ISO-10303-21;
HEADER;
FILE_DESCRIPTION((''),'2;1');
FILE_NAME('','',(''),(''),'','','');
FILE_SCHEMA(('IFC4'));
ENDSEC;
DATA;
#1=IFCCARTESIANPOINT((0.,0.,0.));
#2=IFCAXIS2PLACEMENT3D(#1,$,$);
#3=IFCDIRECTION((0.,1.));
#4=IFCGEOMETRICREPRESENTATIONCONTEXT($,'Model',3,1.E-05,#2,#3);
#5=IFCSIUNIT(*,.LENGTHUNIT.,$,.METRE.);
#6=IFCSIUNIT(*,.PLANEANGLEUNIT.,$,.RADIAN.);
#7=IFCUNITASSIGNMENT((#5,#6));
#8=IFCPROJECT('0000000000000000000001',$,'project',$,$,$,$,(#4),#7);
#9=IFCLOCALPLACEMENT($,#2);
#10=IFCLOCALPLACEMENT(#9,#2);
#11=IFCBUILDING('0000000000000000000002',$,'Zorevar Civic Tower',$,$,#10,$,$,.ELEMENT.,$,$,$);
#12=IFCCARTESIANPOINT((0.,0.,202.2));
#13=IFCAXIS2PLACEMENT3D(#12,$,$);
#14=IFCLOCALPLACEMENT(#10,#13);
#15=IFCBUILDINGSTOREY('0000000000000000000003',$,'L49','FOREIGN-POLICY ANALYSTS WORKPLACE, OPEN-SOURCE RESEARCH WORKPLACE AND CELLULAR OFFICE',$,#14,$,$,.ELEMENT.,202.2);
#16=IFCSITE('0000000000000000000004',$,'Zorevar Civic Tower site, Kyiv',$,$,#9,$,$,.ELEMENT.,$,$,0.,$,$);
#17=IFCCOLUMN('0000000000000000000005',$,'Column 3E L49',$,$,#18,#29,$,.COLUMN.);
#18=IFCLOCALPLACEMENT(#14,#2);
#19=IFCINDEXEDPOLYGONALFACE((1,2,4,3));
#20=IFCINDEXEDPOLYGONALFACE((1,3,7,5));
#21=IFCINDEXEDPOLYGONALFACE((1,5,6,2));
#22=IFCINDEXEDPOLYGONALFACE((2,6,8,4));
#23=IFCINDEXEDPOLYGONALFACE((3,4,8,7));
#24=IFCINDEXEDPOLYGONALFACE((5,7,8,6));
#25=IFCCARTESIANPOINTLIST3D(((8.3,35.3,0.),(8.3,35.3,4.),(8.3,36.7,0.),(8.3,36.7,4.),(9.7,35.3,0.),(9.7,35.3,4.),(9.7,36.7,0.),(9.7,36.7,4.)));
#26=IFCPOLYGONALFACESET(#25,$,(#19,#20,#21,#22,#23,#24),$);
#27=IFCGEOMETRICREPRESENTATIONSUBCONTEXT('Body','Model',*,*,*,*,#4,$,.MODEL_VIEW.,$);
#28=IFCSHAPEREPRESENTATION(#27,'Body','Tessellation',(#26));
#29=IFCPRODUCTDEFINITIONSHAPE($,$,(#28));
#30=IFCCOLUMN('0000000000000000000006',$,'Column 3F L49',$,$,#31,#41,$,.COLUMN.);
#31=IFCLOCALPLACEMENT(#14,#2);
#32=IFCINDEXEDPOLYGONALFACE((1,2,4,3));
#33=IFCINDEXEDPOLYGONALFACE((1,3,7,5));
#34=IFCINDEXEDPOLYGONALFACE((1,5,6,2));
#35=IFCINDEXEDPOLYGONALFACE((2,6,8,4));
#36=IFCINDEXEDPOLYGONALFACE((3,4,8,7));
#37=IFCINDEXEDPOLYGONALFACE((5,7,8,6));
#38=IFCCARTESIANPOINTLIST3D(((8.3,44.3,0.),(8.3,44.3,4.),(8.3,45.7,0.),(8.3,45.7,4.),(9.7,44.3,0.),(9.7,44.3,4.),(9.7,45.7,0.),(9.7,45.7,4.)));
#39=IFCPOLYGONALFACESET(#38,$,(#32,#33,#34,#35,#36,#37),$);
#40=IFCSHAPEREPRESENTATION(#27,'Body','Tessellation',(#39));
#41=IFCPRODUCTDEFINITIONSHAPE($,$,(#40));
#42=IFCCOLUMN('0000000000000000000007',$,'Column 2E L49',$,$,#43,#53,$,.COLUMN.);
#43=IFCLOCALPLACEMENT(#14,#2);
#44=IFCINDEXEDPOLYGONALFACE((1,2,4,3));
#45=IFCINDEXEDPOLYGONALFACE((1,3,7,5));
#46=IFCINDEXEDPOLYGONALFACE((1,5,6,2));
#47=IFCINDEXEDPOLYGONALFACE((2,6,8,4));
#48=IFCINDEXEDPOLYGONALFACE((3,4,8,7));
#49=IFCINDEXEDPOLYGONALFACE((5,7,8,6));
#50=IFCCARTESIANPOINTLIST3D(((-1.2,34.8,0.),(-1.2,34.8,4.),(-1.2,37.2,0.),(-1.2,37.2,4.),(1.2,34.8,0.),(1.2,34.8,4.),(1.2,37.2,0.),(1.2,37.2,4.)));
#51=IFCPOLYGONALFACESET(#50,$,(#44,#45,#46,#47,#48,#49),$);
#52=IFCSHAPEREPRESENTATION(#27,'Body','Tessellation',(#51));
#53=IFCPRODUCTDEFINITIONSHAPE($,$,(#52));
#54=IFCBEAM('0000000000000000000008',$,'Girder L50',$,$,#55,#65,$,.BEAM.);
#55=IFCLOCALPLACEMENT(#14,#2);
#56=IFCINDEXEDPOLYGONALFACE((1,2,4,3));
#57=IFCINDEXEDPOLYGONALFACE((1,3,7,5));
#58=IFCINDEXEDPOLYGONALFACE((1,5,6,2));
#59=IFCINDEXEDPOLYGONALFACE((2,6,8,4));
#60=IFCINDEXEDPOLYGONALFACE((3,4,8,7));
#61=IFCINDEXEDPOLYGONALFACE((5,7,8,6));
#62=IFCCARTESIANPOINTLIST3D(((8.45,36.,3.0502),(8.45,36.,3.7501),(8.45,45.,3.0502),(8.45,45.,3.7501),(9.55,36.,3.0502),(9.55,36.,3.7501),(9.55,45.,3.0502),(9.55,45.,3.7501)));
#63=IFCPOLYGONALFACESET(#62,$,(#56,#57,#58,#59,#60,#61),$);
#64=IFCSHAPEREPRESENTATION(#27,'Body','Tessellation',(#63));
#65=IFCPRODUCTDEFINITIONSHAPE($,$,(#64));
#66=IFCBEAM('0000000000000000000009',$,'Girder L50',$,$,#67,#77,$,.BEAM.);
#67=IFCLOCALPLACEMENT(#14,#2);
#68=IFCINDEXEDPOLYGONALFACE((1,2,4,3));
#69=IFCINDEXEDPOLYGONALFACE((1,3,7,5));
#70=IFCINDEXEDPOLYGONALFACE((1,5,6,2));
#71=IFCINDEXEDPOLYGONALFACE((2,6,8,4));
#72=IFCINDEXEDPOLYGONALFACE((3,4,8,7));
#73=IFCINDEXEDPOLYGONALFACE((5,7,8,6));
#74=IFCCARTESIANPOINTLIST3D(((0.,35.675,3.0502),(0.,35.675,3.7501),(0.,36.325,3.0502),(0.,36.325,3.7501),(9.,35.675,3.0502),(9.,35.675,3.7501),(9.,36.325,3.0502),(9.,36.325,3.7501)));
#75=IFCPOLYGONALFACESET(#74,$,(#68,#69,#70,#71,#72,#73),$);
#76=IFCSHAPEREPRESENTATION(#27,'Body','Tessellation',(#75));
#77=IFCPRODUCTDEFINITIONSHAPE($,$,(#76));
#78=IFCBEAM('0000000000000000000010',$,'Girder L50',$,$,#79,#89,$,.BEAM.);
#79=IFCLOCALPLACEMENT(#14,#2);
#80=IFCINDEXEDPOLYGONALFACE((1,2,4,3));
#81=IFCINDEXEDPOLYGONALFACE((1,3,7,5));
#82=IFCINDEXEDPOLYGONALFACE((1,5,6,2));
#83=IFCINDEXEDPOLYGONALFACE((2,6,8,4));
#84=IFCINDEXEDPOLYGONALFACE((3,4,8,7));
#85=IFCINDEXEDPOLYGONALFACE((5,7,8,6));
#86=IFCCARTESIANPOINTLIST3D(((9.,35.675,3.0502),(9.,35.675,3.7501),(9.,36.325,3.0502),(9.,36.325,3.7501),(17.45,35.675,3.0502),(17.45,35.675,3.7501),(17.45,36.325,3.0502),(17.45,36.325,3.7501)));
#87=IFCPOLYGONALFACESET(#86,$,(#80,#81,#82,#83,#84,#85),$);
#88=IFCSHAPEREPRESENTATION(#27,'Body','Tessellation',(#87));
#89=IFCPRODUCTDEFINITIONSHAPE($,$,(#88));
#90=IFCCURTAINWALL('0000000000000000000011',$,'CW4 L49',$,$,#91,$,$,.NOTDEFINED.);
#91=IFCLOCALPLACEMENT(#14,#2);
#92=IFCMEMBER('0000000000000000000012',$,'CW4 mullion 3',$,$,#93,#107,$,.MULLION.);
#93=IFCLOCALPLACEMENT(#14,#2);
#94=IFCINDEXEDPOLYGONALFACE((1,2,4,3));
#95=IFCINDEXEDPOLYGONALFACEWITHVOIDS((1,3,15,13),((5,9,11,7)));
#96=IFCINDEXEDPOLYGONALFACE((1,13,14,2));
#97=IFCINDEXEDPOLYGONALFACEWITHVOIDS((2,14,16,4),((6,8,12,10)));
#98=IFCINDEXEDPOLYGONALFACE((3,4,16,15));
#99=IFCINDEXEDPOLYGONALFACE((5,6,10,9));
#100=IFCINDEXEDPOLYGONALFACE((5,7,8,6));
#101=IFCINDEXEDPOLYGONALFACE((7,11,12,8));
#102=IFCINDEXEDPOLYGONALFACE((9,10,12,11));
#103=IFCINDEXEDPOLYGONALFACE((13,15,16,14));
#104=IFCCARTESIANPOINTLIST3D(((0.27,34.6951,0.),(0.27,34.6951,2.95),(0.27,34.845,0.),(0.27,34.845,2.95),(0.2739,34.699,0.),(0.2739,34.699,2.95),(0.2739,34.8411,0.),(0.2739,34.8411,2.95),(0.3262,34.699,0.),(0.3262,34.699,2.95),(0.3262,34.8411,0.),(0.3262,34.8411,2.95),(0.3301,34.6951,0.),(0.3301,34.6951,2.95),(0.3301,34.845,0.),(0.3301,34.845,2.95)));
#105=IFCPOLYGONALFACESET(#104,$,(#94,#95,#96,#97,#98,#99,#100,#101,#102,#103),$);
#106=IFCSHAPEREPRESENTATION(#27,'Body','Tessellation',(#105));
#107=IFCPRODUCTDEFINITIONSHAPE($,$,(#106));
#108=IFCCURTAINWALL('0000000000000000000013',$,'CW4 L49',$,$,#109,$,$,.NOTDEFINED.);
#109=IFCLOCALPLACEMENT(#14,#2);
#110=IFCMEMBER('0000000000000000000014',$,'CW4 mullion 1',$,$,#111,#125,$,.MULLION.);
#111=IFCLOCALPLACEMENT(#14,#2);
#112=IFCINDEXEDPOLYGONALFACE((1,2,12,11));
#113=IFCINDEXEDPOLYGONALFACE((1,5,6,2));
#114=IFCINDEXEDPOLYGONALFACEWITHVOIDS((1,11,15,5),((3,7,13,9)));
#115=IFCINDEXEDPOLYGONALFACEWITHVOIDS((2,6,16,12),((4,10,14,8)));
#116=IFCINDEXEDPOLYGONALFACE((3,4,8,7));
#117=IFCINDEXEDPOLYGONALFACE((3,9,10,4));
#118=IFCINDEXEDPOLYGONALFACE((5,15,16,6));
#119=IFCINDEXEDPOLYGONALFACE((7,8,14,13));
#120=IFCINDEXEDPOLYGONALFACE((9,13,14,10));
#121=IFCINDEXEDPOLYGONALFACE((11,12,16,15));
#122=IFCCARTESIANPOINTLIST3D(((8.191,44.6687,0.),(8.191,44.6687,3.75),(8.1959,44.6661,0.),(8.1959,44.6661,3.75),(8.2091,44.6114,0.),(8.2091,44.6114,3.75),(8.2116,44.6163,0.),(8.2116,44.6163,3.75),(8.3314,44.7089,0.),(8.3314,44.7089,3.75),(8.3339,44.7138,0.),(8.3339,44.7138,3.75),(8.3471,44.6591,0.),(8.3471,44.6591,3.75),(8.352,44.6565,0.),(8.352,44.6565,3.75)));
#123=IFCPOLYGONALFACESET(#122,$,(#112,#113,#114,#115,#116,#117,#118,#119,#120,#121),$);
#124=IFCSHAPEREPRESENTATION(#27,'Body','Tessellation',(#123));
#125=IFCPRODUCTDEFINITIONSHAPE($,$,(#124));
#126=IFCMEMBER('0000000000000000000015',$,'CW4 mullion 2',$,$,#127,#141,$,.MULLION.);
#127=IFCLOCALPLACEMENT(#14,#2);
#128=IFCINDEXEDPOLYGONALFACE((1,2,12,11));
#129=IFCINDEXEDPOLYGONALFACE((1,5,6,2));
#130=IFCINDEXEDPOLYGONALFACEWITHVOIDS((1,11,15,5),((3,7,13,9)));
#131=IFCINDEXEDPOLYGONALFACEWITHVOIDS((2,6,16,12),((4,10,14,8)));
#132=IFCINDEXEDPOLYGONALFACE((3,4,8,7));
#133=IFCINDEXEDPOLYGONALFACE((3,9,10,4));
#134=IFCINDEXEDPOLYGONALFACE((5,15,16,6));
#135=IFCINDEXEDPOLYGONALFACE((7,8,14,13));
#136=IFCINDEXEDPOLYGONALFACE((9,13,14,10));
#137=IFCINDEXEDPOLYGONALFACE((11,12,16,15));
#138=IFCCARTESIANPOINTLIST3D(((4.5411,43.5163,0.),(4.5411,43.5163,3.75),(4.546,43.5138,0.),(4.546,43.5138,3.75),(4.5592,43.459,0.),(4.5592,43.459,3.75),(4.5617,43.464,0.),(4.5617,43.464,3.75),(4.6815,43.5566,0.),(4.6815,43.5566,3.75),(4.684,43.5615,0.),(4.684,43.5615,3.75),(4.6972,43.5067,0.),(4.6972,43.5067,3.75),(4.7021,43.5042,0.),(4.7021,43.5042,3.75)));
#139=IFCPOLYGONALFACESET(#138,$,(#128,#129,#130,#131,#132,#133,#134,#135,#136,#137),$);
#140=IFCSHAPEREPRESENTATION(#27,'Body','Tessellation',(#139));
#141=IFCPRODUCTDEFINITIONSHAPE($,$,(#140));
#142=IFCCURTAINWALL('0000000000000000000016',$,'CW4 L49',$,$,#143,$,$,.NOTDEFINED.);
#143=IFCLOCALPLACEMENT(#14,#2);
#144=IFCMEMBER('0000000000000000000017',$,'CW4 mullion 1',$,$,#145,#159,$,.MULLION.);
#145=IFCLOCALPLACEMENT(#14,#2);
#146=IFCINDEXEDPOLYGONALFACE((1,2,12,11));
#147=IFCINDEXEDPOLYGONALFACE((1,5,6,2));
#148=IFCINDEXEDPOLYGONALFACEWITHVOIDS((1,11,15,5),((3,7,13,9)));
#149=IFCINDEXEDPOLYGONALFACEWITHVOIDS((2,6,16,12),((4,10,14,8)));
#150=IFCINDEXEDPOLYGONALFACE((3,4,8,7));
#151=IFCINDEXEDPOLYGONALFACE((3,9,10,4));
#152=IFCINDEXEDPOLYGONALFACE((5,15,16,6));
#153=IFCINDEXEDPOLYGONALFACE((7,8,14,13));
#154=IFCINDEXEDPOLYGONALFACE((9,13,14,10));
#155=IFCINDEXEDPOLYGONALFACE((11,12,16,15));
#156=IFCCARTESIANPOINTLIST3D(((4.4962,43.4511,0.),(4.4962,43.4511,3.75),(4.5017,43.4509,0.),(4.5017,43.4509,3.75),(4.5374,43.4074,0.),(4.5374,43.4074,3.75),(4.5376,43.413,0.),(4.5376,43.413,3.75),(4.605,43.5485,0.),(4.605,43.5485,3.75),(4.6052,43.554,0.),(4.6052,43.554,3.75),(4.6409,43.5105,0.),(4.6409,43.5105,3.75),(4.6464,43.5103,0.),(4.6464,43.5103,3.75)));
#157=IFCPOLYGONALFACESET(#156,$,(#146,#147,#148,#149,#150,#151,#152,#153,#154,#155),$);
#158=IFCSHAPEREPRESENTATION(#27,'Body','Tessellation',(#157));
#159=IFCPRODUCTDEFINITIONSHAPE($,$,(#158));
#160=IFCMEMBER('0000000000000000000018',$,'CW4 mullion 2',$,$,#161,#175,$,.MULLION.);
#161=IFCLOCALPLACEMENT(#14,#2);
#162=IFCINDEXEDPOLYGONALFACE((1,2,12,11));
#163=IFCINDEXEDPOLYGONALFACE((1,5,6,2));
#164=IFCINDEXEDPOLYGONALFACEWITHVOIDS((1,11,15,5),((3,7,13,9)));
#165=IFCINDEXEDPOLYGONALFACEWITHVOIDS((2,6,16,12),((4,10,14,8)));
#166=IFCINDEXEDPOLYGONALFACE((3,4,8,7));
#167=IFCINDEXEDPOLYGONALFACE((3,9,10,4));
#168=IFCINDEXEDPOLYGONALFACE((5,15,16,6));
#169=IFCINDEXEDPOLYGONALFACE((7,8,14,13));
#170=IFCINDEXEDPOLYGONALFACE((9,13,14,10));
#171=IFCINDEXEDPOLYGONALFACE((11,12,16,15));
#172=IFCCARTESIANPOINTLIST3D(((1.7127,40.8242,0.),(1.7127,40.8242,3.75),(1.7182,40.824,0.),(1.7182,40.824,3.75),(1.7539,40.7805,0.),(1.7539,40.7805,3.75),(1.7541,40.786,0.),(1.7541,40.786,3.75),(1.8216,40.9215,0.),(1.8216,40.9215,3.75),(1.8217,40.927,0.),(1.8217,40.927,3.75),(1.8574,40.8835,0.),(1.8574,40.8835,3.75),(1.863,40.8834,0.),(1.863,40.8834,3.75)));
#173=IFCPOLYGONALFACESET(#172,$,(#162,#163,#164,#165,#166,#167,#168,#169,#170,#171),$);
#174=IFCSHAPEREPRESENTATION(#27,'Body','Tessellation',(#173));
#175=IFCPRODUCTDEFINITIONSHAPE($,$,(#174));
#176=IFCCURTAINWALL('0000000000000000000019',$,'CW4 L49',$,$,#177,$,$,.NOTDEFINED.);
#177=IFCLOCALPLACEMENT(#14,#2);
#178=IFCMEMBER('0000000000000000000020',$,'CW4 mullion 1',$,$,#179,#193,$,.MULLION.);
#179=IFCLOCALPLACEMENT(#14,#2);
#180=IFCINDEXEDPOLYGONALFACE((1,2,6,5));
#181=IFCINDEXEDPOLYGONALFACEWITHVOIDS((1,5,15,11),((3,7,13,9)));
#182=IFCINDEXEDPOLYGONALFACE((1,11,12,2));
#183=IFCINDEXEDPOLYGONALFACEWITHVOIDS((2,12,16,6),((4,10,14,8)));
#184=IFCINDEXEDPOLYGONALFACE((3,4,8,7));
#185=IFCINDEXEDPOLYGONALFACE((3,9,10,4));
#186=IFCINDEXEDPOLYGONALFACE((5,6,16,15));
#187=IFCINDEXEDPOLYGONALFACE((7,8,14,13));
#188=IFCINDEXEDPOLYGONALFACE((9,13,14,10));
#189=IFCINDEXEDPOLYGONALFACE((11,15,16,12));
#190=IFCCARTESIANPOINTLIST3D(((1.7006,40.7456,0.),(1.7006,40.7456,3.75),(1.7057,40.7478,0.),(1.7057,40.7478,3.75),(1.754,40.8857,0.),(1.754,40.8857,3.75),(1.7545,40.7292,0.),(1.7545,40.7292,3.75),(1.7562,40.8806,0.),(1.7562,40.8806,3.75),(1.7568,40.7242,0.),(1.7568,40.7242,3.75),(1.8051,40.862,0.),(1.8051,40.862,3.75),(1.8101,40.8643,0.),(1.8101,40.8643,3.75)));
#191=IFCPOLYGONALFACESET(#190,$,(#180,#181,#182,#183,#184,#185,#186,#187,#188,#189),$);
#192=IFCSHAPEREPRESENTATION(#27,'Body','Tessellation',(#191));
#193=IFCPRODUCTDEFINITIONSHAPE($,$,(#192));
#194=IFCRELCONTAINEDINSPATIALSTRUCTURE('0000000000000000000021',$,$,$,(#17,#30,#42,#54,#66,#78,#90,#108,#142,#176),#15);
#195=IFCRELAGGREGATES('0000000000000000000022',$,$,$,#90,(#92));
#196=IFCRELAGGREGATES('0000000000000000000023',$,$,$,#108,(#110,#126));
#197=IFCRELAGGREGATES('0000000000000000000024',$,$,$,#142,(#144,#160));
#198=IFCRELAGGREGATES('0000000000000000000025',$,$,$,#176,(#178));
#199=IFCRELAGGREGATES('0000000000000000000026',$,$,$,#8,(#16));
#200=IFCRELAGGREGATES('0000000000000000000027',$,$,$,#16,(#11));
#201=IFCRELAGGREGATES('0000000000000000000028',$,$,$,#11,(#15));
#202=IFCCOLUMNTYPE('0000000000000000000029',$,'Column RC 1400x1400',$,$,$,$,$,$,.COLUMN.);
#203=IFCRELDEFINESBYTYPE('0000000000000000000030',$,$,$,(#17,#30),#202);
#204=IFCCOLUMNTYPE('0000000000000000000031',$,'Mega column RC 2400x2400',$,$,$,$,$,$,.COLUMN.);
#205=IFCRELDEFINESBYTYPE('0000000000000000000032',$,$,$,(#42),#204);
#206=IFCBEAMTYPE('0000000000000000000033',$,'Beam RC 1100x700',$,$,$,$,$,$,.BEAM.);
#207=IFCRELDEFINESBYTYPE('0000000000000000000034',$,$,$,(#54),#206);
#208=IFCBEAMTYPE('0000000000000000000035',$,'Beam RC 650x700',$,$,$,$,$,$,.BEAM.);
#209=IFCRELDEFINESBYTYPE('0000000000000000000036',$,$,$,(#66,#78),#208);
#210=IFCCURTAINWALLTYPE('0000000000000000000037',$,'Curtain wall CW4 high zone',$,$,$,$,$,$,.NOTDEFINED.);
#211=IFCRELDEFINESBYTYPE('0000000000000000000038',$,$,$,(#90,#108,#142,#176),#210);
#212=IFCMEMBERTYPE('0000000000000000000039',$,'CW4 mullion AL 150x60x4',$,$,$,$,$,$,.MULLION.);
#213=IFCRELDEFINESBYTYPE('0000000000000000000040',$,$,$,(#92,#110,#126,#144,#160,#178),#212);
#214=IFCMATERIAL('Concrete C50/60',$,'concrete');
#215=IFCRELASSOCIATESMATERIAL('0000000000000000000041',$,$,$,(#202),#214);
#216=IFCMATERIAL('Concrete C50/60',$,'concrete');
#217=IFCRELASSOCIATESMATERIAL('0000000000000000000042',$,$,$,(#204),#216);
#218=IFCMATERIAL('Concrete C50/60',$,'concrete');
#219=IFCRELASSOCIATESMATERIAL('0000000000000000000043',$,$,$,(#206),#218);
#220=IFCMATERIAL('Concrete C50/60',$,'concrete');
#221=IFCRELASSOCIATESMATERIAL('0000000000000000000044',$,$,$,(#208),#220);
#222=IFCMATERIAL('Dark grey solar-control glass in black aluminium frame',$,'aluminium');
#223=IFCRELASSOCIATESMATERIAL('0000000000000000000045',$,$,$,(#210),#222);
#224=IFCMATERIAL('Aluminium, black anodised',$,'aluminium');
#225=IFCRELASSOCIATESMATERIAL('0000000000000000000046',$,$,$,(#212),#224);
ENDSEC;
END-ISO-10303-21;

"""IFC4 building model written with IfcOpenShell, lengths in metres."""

from ifc_helpers import new_model, si_unit, direction, frame, origin, origin_2d, place, context, subcontext, project, spatial, rectangle, hollow_rectangle, extrude, material, material_profile, profile_set, type_object, element, aggregate, save


model = new_model("IFC4")

# Units and contexts
model_context = context("Model", 3, precision=1e-05, world=origin(), true_north=direction((0.0, 1.0)))
body_context = subcontext(model_context, "Body", "Model", "MODEL_VIEW")
ifc_project = project(units=[si_unit("LENGTHUNIT", "METRE"), si_unit("PLANEANGLEUNIT", "RADIAN")], contexts=[model_context])

# Site, building, storey
site_placement = place(None, origin())
site = spatial("IfcSite", under=ifc_project, at=site_placement, Name="Zorevar Civic Tower site, Kyiv", CompositionType="ELEMENT", RefElevation=0.0)
building_placement = place(site_placement, origin())
building = spatial("IfcBuilding", under=site, at=building_placement, Name="Zorevar Civic Tower", CompositionType="ELEMENT")
storey_placement = place(building_placement, frame((0.0, 0.0, 202.2)))
storey = spatial("IfcBuildingStorey", under=building, at=storey_placement, Name="L49", Description="FOREIGN-POLICY ANALYSTS WORKPLACE, OPEN-SOURCE RESEARCH WORKPLACE AND CELLULAR OFFICE", CompositionType="ELEMENT", Elevation=202.2)

# Columns
ifc_material_1 = material(Name="Concrete C50/60", Category="concrete")
ifc_material_profile_1 = material_profile(ifc_material_1, rectangle(XDim=1.3999, YDim=1.3999, at=origin_2d()), Name="RC 1400x1400")
ifc_profile_set_1 = profile_set([ifc_material_profile_1], Name="Concrete C50/60")
column_type_1 = type_object("IfcColumnType", Name="Column RC 1400x1400", PredefinedType="COLUMN", material=ifc_profile_set_1)
for number, where, z_axis, x_axis, name in (
    (1, (9.0, 36.0, 0.0), (0.0, 0.0, 1.0), (1.0, 0.0, 0.0), "Column 3E L49"),
    (2, (9.0, 45.0, 0.0), (0.0, 0.0, 1.0), (1.0, 0.0, 0.0), "Column 3F L49"),
):
    element("IfcColumn", number, at=place(storey_placement, frame(where, z_axis=z_axis, x_axis=x_axis)), inside=storey, type_object=column_type_1, Name=name, PredefinedType="COLUMN", context=body_context, shape_type="SweptSolid", body=[
        extrude(rectangle(XDim=1.3999, YDim=1.3999, at=origin_2d()), origin(), (0.0, 0.0, 1.0), 4.0),
    ])
ifc_material_2 = material(Name="Concrete C50/60", Category="concrete")
ifc_material_profile_2 = material_profile(ifc_material_2, rectangle(XDim=2.3999, YDim=2.3999, at=origin_2d()), Name="RC 2400x2400")
ifc_profile_set_2 = profile_set([ifc_material_profile_2], Name="Concrete C50/60")
column_type_2 = type_object("IfcColumnType", Name="Mega column RC 2400x2400", PredefinedType="COLUMN", material=ifc_profile_set_2)
column_placement = place(storey_placement, frame((0.0, 36.0, 0.0), z_axis=(0.0, 0.0, 1.0), x_axis=(1.0, 0.0, 0.0)))
element("IfcColumn", 3, at=column_placement, inside=storey, type_object=column_type_2, Name="Column 2E L49", PredefinedType="COLUMN", context=body_context, shape_type="SweptSolid", body=[
    extrude(rectangle(XDim=2.3999, YDim=2.3999, at=origin_2d()), origin(), (0.0, 0.0, 1.0), 4.0),
])

# Beams
ifc_material_3 = material(Name="Concrete C50/60", Category="concrete")
ifc_material_profile_3 = material_profile(ifc_material_3, rectangle(XDim=1.1001, YDim=0.7, at=origin_2d()), Name="RC 1100x700")
ifc_profile_set_3 = profile_set([ifc_material_profile_3], Name="Concrete C50/60")
beam_type_1 = type_object("IfcBeamType", Name="Beam RC 1100x700", PredefinedType="BEAM", material=ifc_profile_set_3)
beam_1_placement = place(storey_placement, frame((9.0, 36.0, 3.4001), z_axis=(0.0, 1.0, 0.0), x_axis=(-1.0, 0.0, 0.0)))
element("IfcBeam", 4, at=beam_1_placement, inside=storey, type_object=beam_type_1, Name="Girder L50", PredefinedType="BEAM", context=body_context, shape_type="SweptSolid", body=[
    extrude(rectangle(XDim=1.1001, YDim=0.7, at=origin_2d()), origin(), (0.0, 0.0, 1.0), 9.0),
])
ifc_material_4 = material(Name="Concrete C50/60", Category="concrete")
ifc_material_profile_4 = material_profile(ifc_material_4, rectangle(XDim=0.6499, YDim=0.7, at=origin_2d()), Name="RC 650x700")
ifc_profile_set_4 = profile_set([ifc_material_profile_4], Name="Concrete C50/60")
beam_type_2 = type_object("IfcBeamType", Name="Beam RC 650x700", PredefinedType="BEAM", material=ifc_profile_set_4)
beam_2_placement = place(storey_placement, frame((0.0, 36.0, 3.4001), z_axis=(1.0, 0.0, 0.0), x_axis=(0.0, 1.0, 0.0)))
element("IfcBeam", 5, at=beam_2_placement, inside=storey, type_object=beam_type_2, Name="Girder L50", PredefinedType="BEAM", context=body_context, shape_type="SweptSolid", body=[
    extrude(rectangle(XDim=0.6499, YDim=0.7, at=origin_2d()), origin(), (0.0, 0.0, 1.0), 9.0),
])
beam_3_placement = place(storey_placement, frame((9.0, 36.0, 3.4001), z_axis=(1.0, 0.0, 0.0), x_axis=(0.0, 1.0, 0.0)))
element("IfcBeam", 6, at=beam_3_placement, inside=storey, type_object=beam_type_2, Name="Girder L50", PredefinedType="BEAM", context=body_context, shape_type="SweptSolid", body=[
    extrude(rectangle(XDim=0.6499, YDim=0.7, at=origin_2d()), origin(), (0.0, 0.0, 1.0), 8.45),
])

# Curtain wall, member
ifc_material_5 = material(Name="Dark grey solar-control glass in black aluminium frame", Category="aluminium")
curtain_wall_type = type_object("IfcCurtainWallType", Name="Curtain wall CW4 high zone", PredefinedType="NOTDEFINED", material=ifc_material_5)
curtain_wall_1_placement = place(storey_placement, origin())
curtain_wall_1 = element("IfcCurtainWall", 7, at=curtain_wall_1_placement, inside=storey, type_object=curtain_wall_type, Name="CW4 L49", PredefinedType="NOTDEFINED")
ifc_material_6 = material(Name="Aluminium, black anodised", Category="aluminium")
ifc_material_profile_5 = material_profile(ifc_material_6, hollow_rectangle(XDim=0.0601, YDim=0.1499, WallThickness=0.0039, at=origin_2d()), Name="AL 150x60x4")
ifc_profile_set_5 = profile_set([ifc_material_profile_5], Name="Aluminium, black anodised")
member_type_1 = type_object("IfcMemberType", Name="CW4 mullion AL 150x60x4", PredefinedType="MULLION", material=ifc_profile_set_5)
member_1_placement = place(storey_placement, frame((0.3, 34.77, 0.0), z_axis=(0.0, 0.0, 1.0), x_axis=(-1.0, 0.0, 0.0)))
member_1 = element("IfcMember", 8, at=member_1_placement, type_object=member_type_1, Name="CW4 mullion 3", PredefinedType="MULLION", context=body_context, shape_type="SweptSolid", body=[
    extrude(hollow_rectangle(XDim=0.0601, YDim=0.1499, WallThickness=0.0039, at=origin_2d()), origin(), (0.0, 0.0, 1.0), 2.95),
])

# Curtain walls, members
curtain_wall_2_placement = place(storey_placement, origin())
curtain_wall_2 = element("IfcCurtainWall", 9, at=curtain_wall_2_placement, inside=storey, type_object=curtain_wall_type, Name="CW4 L49", PredefinedType="NOTDEFINED")
member_2_placement = place(storey_placement, frame((8.2715, 44.6626, 0.0), z_axis=(0.0, 0.0, 1.0), x_axis=(0.301108, -0.95359, 0.0)))
member_2 = element("IfcMember", 10, at=member_2_placement, type_object=member_type_1, Name="CW4 mullion 1", PredefinedType="MULLION", context=body_context, shape_type="SweptSolid", body=[
    extrude(hollow_rectangle(XDim=0.0601, YDim=0.1499, WallThickness=0.0039, at=origin_2d()), origin(), (0.0, 0.0, 1.0), 3.75),
])
member_3_placement = place(storey_placement, frame((4.6216, 43.5103, 0.0), z_axis=(0.0, 0.0, 1.0), x_axis=(0.301108, -0.95359, 0.0)))
member_3 = element("IfcMember", 11, at=member_3_placement, type_object=member_type_1, Name="CW4 mullion 2", PredefinedType="MULLION", context=body_context, shape_type="SweptSolid", body=[
    extrude(hollow_rectangle(XDim=0.0601, YDim=0.1499, WallThickness=0.0039, at=origin_2d()), origin(), (0.0, 0.0, 1.0), 3.75),
])
curtain_wall_3_placement = place(storey_placement, origin())
curtain_wall_3 = element("IfcCurtainWall", 12, at=curtain_wall_3_placement, inside=storey, type_object=curtain_wall_type, Name="CW4 L49", PredefinedType="NOTDEFINED")
member_4_placement = place(storey_placement, frame((4.5713, 43.4807, 0.0), z_axis=(0.0, 0.0, 1.0), x_axis=(0.686378, -0.727245, 0.0)))
member_4 = element("IfcMember", 13, at=member_4_placement, type_object=member_type_1, Name="CW4 mullion 1", PredefinedType="MULLION", context=body_context, shape_type="SweptSolid", body=[
    extrude(hollow_rectangle(XDim=0.0601, YDim=0.1499, WallThickness=0.0039, at=origin_2d()), origin(), (0.0, 0.0, 1.0), 3.75),
])
member_5_placement = place(storey_placement, frame((1.7878, 40.8538, 0.0), z_axis=(0.0, 0.0, 1.0), x_axis=(0.686378, -0.727245, 0.0)))
member_5 = element("IfcMember", 14, at=member_5_placement, type_object=member_type_1, Name="CW4 mullion 2", PredefinedType="MULLION", context=body_context, shape_type="SweptSolid", body=[
    extrude(hollow_rectangle(XDim=0.0601, YDim=0.1499, WallThickness=0.0039, at=origin_2d()), origin(), (0.0, 0.0, 1.0), 3.75),
])
curtain_wall_4_placement = place(storey_placement, origin())
curtain_wall_4 = element("IfcCurtainWall", 15, at=curtain_wall_4_placement, inside=storey, type_object=curtain_wall_type, Name="CW4 L49", PredefinedType="NOTDEFINED")
member_6_placement = place(storey_placement, frame((1.7554, 40.8049, 0.0), z_axis=(0.0, 0.0, 1.0), x_axis=(0.934588, -0.355731, 0.0)))
member_6 = element("IfcMember", 16, at=member_6_placement, type_object=member_type_1, Name="CW4 mullion 1", PredefinedType="MULLION", context=body_context, shape_type="SweptSolid", body=[
    extrude(hollow_rectangle(XDim=0.0601, YDim=0.1499, WallThickness=0.0039, at=origin_2d()), origin(), (0.0, 0.0, 1.0), 3.75),
])

aggregate(curtain_wall_1, [member_1])
aggregate(curtain_wall_2, [member_2, member_3])
aggregate(curtain_wall_3, [member_4, member_5])
aggregate(curtain_wall_4, [member_6])

save(model, "model.ifc")
